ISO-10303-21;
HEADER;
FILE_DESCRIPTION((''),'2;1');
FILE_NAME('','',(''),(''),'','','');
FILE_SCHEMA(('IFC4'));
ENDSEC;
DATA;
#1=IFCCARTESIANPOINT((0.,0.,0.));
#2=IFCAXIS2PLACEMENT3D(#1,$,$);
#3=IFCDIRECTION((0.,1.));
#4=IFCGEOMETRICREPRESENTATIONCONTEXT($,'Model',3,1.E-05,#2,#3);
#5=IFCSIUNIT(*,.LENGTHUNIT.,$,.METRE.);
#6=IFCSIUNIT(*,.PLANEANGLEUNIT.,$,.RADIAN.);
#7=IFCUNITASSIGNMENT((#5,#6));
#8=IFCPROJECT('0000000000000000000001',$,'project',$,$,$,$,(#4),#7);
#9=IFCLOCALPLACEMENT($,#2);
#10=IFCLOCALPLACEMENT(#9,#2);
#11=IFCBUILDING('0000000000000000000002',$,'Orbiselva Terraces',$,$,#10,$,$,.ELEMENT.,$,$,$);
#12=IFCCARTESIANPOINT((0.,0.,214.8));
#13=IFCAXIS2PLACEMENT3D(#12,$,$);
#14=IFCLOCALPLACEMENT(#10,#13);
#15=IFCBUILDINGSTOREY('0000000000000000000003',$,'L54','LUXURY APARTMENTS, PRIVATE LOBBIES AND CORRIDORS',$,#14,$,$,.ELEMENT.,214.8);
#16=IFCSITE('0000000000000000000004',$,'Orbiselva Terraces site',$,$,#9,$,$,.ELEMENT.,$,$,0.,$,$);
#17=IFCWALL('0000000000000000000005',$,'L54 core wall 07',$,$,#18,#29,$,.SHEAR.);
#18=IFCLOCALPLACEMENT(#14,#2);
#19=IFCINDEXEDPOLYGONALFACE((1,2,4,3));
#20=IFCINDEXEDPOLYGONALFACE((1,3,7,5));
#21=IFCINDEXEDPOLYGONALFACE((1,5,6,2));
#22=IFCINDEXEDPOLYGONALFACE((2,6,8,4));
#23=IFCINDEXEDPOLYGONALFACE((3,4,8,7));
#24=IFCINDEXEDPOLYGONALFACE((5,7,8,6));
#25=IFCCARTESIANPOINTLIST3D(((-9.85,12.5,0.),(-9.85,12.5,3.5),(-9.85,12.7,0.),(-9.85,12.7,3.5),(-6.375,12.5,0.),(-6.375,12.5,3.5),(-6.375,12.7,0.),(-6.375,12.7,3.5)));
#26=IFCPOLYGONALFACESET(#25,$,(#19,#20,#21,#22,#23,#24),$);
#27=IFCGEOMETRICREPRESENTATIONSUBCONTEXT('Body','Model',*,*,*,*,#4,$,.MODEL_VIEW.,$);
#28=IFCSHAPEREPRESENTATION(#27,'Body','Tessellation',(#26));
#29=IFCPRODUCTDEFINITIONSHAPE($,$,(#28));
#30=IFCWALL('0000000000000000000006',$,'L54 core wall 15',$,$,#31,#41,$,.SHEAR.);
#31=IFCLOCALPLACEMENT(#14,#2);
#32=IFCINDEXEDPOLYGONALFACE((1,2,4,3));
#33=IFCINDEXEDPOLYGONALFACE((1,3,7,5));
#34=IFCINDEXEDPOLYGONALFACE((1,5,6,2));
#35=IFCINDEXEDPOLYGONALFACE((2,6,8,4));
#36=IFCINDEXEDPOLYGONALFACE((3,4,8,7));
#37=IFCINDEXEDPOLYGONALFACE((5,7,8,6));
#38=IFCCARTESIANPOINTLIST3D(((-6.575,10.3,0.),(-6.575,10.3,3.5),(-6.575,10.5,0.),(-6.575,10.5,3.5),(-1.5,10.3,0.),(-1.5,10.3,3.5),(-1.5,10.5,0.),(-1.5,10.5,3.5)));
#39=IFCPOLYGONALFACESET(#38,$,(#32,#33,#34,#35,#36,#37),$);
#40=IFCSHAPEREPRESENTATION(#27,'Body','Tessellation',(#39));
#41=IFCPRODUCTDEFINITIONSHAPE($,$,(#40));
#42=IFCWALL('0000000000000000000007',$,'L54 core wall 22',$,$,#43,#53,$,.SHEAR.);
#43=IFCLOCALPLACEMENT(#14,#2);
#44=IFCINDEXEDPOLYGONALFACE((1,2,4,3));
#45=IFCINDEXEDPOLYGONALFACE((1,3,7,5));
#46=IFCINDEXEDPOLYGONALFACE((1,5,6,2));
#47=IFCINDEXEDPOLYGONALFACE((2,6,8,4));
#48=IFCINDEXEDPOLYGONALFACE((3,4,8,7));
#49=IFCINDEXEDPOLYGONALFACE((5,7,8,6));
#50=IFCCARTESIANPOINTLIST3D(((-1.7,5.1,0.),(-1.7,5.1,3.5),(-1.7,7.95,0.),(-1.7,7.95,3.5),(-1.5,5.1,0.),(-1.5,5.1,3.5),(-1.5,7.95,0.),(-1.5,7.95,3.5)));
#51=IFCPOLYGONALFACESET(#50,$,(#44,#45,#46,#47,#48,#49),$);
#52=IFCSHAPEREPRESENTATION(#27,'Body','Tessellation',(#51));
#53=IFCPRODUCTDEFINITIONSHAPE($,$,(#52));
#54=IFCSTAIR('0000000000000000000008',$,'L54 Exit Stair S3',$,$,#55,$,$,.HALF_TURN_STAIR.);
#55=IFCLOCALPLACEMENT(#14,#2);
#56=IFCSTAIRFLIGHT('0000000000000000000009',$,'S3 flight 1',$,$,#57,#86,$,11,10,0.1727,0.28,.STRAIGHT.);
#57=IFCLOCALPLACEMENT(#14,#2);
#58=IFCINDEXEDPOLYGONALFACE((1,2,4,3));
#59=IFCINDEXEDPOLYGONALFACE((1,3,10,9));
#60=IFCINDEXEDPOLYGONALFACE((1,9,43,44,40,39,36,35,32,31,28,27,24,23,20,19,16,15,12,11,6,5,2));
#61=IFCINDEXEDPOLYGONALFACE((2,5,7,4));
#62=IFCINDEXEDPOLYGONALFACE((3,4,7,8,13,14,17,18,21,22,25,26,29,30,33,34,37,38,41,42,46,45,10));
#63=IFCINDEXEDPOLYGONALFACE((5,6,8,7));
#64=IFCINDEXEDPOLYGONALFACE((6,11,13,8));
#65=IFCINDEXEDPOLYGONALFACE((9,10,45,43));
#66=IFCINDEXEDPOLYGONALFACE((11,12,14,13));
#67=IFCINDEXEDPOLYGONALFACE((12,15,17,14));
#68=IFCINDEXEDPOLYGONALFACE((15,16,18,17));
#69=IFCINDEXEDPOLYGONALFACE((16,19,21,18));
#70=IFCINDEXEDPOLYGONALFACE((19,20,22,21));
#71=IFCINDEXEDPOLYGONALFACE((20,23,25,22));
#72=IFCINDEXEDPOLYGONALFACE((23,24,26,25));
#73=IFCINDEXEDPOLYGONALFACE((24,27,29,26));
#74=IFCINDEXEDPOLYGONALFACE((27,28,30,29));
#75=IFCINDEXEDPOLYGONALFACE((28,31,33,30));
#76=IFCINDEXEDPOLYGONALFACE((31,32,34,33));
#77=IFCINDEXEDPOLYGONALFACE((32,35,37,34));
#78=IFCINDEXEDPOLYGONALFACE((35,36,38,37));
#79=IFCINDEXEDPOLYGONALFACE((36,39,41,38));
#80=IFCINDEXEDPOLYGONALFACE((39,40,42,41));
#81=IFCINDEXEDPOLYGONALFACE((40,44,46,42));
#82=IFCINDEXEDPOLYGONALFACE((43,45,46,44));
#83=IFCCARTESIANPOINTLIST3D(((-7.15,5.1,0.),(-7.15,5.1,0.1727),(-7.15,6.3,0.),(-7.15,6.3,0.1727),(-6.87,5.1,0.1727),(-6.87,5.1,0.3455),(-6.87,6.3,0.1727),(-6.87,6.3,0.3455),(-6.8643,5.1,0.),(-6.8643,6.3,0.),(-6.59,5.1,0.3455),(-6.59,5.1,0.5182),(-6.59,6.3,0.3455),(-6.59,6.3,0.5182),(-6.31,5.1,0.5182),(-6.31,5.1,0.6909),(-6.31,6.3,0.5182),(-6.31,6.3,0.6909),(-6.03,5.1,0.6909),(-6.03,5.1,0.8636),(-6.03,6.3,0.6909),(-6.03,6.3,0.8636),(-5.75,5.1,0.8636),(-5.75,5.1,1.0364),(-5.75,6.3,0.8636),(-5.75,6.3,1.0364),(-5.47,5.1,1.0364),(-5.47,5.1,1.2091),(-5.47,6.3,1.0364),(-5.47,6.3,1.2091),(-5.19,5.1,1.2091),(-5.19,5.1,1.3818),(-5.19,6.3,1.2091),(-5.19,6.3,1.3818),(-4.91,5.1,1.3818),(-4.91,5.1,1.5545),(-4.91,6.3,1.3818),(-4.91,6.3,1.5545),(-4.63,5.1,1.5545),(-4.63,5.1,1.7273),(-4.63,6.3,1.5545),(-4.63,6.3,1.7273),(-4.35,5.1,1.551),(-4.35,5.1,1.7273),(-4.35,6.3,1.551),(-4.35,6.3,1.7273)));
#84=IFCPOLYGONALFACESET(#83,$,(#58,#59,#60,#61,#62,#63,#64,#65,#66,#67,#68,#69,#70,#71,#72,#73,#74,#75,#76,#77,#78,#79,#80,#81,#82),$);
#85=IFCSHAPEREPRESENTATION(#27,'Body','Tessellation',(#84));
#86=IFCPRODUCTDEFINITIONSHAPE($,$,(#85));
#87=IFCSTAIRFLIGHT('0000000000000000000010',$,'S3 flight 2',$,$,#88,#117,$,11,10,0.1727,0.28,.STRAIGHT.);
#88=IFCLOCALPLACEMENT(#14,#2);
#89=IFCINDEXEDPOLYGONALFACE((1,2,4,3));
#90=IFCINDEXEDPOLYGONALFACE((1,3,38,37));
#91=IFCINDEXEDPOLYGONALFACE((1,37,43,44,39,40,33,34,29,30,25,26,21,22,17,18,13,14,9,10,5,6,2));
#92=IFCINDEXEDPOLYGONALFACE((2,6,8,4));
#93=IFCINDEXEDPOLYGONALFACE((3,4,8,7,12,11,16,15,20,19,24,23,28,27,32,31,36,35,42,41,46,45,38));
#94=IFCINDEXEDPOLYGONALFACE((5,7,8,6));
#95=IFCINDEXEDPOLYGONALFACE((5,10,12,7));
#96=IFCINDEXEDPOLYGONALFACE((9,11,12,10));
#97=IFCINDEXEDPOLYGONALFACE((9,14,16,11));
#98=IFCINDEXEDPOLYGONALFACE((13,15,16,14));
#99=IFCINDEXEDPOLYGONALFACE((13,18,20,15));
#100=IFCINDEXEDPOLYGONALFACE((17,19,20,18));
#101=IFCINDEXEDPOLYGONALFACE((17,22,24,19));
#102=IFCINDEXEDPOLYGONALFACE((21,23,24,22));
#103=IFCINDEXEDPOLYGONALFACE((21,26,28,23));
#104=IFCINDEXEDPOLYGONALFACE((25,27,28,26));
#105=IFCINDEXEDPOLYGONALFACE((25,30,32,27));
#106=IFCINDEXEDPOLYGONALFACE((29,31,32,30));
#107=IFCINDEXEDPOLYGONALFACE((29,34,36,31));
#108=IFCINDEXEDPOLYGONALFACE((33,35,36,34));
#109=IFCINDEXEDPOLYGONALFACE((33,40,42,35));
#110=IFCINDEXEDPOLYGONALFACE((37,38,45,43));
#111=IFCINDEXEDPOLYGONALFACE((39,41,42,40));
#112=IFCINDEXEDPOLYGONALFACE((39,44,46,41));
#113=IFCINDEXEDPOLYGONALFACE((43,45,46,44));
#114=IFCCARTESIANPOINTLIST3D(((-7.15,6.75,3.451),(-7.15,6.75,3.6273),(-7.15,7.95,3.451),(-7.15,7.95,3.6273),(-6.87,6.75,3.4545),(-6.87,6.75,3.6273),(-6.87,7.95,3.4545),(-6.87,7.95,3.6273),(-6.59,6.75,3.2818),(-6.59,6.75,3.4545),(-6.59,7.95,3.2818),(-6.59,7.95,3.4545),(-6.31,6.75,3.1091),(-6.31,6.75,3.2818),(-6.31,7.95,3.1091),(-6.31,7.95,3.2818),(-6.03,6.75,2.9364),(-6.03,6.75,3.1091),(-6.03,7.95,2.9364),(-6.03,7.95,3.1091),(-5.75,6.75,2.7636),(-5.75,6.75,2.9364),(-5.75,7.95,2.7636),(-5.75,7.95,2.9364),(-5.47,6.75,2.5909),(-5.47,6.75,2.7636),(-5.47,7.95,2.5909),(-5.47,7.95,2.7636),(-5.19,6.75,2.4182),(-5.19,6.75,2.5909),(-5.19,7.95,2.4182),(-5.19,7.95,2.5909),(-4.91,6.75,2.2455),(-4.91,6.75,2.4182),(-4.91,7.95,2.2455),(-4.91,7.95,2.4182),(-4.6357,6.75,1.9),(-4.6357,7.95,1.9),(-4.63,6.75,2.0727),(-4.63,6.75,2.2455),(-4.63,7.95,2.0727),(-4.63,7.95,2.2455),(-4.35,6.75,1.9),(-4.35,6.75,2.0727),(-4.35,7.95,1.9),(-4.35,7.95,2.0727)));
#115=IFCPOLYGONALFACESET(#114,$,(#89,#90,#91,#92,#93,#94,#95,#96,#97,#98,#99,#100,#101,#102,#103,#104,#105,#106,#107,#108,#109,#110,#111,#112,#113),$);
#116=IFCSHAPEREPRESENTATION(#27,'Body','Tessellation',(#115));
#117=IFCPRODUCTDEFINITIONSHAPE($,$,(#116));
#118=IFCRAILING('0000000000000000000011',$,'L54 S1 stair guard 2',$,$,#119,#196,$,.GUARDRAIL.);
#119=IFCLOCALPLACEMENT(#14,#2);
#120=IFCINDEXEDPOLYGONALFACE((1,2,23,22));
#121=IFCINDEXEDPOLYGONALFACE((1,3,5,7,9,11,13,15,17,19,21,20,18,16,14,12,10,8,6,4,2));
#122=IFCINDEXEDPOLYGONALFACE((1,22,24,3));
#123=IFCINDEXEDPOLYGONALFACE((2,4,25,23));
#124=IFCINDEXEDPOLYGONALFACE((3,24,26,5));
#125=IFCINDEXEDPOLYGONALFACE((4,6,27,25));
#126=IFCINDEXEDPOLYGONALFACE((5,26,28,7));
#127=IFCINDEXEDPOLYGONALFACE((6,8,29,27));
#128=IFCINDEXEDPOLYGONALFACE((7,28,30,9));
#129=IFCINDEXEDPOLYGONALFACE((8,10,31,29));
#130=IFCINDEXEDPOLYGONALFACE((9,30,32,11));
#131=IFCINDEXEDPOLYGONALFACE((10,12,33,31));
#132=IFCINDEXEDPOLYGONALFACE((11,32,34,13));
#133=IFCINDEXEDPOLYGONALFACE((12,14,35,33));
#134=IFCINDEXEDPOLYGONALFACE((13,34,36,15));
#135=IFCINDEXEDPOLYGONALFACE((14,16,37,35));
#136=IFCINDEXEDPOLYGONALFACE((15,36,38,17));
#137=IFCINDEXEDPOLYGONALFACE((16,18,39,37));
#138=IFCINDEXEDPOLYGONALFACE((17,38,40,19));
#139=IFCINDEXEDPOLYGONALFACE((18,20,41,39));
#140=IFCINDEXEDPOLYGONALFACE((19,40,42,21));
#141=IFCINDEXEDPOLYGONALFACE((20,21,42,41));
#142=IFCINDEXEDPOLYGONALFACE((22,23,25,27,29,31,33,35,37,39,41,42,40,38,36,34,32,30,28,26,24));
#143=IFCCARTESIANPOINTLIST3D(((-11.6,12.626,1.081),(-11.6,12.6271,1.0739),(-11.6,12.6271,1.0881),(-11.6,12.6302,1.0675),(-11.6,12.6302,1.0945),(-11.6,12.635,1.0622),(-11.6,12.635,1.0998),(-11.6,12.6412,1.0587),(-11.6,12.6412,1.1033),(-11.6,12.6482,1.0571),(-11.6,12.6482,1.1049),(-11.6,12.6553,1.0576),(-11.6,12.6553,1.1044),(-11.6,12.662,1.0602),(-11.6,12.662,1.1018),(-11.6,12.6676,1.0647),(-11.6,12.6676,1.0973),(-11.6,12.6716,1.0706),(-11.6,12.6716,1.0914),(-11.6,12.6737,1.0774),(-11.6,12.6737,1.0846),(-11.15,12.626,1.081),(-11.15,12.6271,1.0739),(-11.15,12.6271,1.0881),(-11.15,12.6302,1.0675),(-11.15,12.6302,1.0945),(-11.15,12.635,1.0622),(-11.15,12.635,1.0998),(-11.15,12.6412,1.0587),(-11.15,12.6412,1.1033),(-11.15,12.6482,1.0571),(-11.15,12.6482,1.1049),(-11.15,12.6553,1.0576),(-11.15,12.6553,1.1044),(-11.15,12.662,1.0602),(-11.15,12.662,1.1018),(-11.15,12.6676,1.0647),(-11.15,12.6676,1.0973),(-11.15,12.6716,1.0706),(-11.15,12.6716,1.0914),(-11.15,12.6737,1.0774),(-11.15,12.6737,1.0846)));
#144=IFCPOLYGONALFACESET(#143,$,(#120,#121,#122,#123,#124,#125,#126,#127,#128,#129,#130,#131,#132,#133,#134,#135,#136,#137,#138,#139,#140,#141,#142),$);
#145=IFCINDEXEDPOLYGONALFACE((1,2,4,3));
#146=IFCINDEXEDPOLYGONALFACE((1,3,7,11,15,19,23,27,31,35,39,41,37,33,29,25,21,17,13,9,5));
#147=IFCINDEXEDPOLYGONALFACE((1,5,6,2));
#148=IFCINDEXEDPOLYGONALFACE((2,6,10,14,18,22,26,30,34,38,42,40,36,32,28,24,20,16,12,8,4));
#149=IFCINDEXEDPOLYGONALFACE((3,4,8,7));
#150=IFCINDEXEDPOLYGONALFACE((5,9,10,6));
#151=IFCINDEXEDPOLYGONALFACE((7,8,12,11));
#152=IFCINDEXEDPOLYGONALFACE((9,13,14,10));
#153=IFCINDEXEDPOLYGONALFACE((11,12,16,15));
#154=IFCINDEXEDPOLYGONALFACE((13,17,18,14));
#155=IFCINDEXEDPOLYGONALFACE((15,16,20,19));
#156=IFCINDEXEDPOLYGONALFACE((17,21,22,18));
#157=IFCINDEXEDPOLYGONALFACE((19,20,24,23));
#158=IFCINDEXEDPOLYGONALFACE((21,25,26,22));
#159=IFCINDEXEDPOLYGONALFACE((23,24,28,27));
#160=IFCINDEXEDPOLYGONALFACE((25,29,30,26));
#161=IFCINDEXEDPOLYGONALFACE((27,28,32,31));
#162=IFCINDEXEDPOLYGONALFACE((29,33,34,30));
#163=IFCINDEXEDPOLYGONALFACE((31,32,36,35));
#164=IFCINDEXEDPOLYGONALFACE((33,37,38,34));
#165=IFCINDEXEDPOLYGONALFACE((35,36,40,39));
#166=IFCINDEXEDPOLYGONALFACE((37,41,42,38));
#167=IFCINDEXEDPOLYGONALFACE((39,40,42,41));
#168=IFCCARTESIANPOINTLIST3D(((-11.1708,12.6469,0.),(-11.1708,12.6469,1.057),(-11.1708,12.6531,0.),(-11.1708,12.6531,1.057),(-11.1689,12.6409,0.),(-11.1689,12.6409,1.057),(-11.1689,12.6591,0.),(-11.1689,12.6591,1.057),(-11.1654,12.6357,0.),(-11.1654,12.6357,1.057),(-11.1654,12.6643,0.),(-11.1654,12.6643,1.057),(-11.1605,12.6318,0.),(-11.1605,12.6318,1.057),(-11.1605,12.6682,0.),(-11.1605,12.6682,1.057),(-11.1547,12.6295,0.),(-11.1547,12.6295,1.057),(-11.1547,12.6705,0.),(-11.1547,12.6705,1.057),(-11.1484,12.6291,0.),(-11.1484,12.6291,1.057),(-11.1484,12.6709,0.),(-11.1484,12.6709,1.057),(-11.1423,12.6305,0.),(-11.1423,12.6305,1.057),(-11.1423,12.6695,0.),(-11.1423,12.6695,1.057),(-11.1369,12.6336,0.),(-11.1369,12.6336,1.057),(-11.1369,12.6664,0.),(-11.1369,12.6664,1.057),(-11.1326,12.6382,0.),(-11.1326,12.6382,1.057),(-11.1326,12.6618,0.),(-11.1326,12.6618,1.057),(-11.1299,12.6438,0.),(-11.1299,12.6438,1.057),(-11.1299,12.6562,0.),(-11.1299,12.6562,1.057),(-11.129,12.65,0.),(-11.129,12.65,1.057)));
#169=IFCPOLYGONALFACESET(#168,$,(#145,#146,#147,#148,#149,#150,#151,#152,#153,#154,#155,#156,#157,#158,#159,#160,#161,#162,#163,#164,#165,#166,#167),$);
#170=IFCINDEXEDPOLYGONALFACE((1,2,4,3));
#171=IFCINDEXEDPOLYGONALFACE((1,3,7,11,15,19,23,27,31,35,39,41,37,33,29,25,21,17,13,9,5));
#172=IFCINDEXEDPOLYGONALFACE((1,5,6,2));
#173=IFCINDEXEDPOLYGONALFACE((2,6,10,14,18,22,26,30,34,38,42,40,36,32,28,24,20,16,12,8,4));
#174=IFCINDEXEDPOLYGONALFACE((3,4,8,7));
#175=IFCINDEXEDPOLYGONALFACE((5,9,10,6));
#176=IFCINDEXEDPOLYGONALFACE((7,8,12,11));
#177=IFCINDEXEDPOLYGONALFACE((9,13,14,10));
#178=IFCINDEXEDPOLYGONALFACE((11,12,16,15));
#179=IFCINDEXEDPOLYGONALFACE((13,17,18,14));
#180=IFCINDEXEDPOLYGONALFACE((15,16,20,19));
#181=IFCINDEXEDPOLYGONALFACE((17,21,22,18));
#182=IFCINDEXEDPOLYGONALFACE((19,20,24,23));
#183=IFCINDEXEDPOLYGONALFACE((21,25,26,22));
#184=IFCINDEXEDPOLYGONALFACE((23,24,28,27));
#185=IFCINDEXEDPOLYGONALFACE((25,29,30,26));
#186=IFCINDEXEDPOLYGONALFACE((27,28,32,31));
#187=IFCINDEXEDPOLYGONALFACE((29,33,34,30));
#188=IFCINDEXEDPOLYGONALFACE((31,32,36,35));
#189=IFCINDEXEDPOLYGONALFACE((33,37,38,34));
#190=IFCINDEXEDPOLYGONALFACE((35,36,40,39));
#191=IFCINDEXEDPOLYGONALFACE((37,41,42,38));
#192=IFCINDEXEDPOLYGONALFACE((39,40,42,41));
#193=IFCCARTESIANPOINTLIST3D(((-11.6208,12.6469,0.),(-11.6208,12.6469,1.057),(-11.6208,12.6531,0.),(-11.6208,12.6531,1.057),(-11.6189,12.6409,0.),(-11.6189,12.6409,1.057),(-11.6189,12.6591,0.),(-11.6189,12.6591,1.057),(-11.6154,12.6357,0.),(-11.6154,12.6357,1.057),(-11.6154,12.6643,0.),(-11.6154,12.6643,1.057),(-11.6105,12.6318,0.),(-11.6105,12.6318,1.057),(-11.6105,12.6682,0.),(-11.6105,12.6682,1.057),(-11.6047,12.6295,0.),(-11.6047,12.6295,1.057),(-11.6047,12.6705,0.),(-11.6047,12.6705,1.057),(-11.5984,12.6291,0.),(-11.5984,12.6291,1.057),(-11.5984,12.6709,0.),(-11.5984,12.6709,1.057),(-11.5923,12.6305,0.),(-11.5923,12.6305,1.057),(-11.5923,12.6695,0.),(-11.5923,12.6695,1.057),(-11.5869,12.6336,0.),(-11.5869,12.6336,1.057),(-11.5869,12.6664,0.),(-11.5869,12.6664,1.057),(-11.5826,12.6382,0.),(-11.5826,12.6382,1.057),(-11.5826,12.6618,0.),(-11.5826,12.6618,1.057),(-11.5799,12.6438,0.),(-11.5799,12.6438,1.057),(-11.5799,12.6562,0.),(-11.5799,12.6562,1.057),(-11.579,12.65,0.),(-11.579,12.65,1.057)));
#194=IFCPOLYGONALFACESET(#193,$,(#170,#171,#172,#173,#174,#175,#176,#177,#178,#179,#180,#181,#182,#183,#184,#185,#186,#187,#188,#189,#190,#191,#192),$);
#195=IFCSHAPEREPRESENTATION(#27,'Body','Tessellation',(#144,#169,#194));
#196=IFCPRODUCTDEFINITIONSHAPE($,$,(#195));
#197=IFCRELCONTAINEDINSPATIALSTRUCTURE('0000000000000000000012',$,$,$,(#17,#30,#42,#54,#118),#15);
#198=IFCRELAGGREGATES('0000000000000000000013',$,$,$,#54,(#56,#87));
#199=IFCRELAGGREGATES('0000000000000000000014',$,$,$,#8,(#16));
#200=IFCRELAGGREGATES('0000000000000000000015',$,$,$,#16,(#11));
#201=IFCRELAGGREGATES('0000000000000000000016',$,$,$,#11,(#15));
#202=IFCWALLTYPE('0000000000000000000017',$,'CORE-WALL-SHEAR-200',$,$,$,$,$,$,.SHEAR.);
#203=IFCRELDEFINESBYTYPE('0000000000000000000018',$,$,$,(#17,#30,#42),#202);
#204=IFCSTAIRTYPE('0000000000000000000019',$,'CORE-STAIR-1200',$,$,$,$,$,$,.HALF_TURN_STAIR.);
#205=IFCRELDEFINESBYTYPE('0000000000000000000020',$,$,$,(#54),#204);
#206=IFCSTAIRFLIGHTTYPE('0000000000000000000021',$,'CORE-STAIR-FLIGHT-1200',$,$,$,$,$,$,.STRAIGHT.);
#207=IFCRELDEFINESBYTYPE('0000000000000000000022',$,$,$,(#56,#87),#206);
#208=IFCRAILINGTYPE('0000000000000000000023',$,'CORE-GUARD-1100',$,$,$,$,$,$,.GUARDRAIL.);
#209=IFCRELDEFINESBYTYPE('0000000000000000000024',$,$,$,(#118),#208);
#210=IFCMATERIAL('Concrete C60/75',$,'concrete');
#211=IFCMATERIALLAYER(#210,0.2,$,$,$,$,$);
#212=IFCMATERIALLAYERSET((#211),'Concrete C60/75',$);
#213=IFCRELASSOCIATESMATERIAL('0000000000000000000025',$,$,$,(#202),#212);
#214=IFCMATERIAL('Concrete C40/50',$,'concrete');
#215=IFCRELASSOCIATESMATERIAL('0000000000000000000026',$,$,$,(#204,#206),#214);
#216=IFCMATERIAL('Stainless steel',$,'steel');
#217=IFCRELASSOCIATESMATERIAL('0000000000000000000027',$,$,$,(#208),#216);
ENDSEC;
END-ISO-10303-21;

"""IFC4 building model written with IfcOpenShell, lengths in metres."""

from ifc_helpers import new_model, si_unit, direction, frame, frame_2d, origin, origin_2d, place, context, subcontext, project, spatial, polyline, rectangle, circle, outline, extrude, material, layer, layer_set, type_object, element, aggregate, save


model = new_model("IFC4")

# Units and contexts
model_context = context("Model", 3, precision=1e-05, world=origin(), true_north=direction((0.0, 1.0)))
body_context = subcontext(model_context, "Body", "Model", "MODEL_VIEW")
ifc_project = project(units=[si_unit("LENGTHUNIT", "METRE"), si_unit("PLANEANGLEUNIT", "RADIAN")], contexts=[model_context])

# Site, building, storey
site_placement = place(None, origin())
site = spatial("IfcSite", under=ifc_project, at=site_placement, Name="Orbiselva Terraces site", CompositionType="ELEMENT", RefElevation=0.0)
building_placement = place(site_placement, origin())
building = spatial("IfcBuilding", under=site, at=building_placement, Name="Orbiselva Terraces", CompositionType="ELEMENT")
storey_placement = place(building_placement, frame((0.0, 0.0, 214.8)))
storey = spatial("IfcBuildingStorey", under=building, at=storey_placement, Name="L54", Description="LUXURY APARTMENTS, PRIVATE LOBBIES AND CORRIDORS", CompositionType="ELEMENT", Elevation=214.8)

# Walls
ifc_material_1 = material(Name="Concrete C60/75", Category="concrete")
ifc_layer_1 = layer(ifc_material_1, 0.2)
ifc_layer_set_1 = layer_set([ifc_layer_1], Name="Concrete C60/75")
wall_type_1 = type_object("IfcWallType", Name="CORE-WALL-SHEAR-200", PredefinedType="SHEAR", material=ifc_layer_set_1)
wall_1_placement = place(storey_placement, frame((-9.85, 12.6, 0.0), z_axis=(0.0, 0.0, 1.0), x_axis=(1.0, 0.0, 0.0)))
element("IfcWall", 1, at=wall_1_placement, inside=storey, type_object=wall_type_1, Name="L54 core wall 07", PredefinedType="SHEAR", context=body_context, shape_type="SweptSolid", body=[
    extrude(rectangle(XDim=3.475, YDim=0.2, at=frame_2d((1.7375, 0.0))), origin(), (0.0, 0.0, 1.0), 3.5),
])
wall_2_placement = place(storey_placement, frame((-6.575, 10.4, 0.0), z_axis=(0.0, 0.0, 1.0), x_axis=(1.0, 0.0, 0.0)))
element("IfcWall", 2, at=wall_2_placement, inside=storey, type_object=wall_type_1, Name="L54 core wall 15", PredefinedType="SHEAR", context=body_context, shape_type="SweptSolid", body=[
    extrude(rectangle(XDim=5.075, YDim=0.2, at=frame_2d((2.5375, 0.0))), origin(), (0.0, 0.0, 1.0), 3.5),
])
wall_3_placement = place(storey_placement, frame((-1.6, 5.1, 0.0), z_axis=(0.0, 0.0, 1.0), x_axis=(0.0, 1.0, 0.0)))
element("IfcWall", 3, at=wall_3_placement, inside=storey, type_object=wall_type_1, Name="L54 core wall 22", PredefinedType="SHEAR", context=body_context, shape_type="SweptSolid", body=[
    extrude(rectangle(XDim=2.85, YDim=0.2, at=frame_2d((1.425, 0.0))), origin(), (0.0, 0.0, 1.0), 3.5),
])

# Stair, stair flights
ifc_material_2 = material(Name="Concrete C40/50", Category="concrete")
stair_type = type_object("IfcStairType", Name="CORE-STAIR-1200", PredefinedType="HALF_TURN_STAIR", material=ifc_material_2)
stair_placement = place(storey_placement, origin())
stair = element("IfcStair", 4, at=stair_placement, inside=storey, type_object=stair_type, Name="L54 Exit Stair S3", PredefinedType="HALF_TURN_STAIR")
stair_flight_type = type_object("IfcStairFlightType", Name="CORE-STAIR-FLIGHT-1200", PredefinedType="STRAIGHT", material=ifc_material_2)
stair_flight_1_placement = place(storey_placement, frame((-7.15, 5.7, 0.0), z_axis=(0.0, 0.0, 1.0), x_axis=(1.0, 0.0, 0.0)))
stair_flight_1 = element("IfcStairFlight", 5, at=stair_flight_1_placement, type_object=stair_flight_type, Name="S3 flight 1", NumberOfRisers=11, NumberOfTreads=10, PredefinedType="STRAIGHT", RiserHeight=0.1727, TreadLength=0.28, context=body_context, shape_type="SweptSolid", body=[
    extrude(outline(polyline([(0.0, 0.0), (0.0, 0.1727), (0.28, 0.1727), (0.28, 0.3455), (0.56, 0.3455), (0.56, 0.5182), (0.84, 0.5182), (0.84, 0.6909), (1.12, 0.6909), (1.12, 0.8636), (1.4, 0.8636), (1.4, 1.0364), (1.68, 1.0364), (1.68, 1.2091), (1.96, 1.2091), (1.96, 1.3818), (2.24, 1.3818), (2.24, 1.5545), (2.52, 1.5545), (2.52, 1.7273), (2.8, 1.7273), (2.8, 1.9), (2.8, 1.551), (0.2857, 0.0), (0.0, 0.0)])), frame((0.0, 0.6, 0.0), z_axis=(0.0, -1.0, 0.0), x_axis=(1.0, 0.0, 0.0)), (0.0, 0.0, 1.0), 1.2),
])
stair_flight_2_placement = place(storey_placement, frame((-4.35, 7.35, 1.9), z_axis=(0.0, 0.0, 1.0), x_axis=(-1.0, 0.0, 0.0)))
stair_flight_2 = element("IfcStairFlight", 6, at=stair_flight_2_placement, type_object=stair_flight_type, Name="S3 flight 2", NumberOfRisers=11, NumberOfTreads=10, PredefinedType="STRAIGHT", RiserHeight=0.1727, TreadLength=0.28, context=body_context, shape_type="SweptSolid", body=[
    extrude(outline(polyline([(0.0, 0.0), (0.0, 0.1727), (0.28, 0.1727), (0.28, 0.3455), (0.56, 0.3455), (0.56, 0.5182), (0.84, 0.5182), (0.84, 0.6909), (1.12, 0.6909), (1.12, 0.8636), (1.4, 0.8636), (1.4, 1.0364), (1.68, 1.0364), (1.68, 1.2091), (1.96, 1.2091), (1.96, 1.3818), (2.24, 1.3818), (2.24, 1.5545), (2.52, 1.5545), (2.52, 1.7273), (2.8, 1.7273), (2.8, 1.9), (2.8, 1.551), (0.2857, 0.0), (0.0, 0.0)])), frame((0.0, 0.6, 0.0), z_axis=(0.0, -1.0, 0.0), x_axis=(1.0, 0.0, 0.0)), (0.0, 0.0, 1.0), 1.2),
])
aggregate(stair, [stair_flight_1, stair_flight_2])

# Railing
ifc_material_3 = material(Name="Stainless steel", Category="steel")
railing_type_1 = type_object("IfcRailingType", Name="CORE-GUARD-1100", PredefinedType="GUARDRAIL", material=ifc_material_3)
railing_1_placement = place(storey_placement, frame((-11.15, 12.65, 0.0)))
element("IfcRailing", 7, at=railing_1_placement, inside=storey, type_object=railing_type_1, Name="L54 S1 stair guard 2", PredefinedType="GUARDRAIL", context=body_context, shape_type="SweptSolid", body=[
    extrude(circle(Radius=0.024, at=origin_2d()), frame((0.0, 0.0, 1.081), z_axis=(-1.0, 0.0, 0.0), x_axis=(0.0, -1.0, 0.0)), (0.0, 0.0, 1.0), 0.45),
    extrude(circle(Radius=0.021, at=origin_2d()), origin(), (0.0, 0.0, 1.0), 1.057),
    extrude(circle(Radius=0.021, at=origin_2d()), frame((-0.45, 0.0, 0.0)), (0.0, 0.0, 1.0), 1.057),
])

save(model, "model.ifc")
